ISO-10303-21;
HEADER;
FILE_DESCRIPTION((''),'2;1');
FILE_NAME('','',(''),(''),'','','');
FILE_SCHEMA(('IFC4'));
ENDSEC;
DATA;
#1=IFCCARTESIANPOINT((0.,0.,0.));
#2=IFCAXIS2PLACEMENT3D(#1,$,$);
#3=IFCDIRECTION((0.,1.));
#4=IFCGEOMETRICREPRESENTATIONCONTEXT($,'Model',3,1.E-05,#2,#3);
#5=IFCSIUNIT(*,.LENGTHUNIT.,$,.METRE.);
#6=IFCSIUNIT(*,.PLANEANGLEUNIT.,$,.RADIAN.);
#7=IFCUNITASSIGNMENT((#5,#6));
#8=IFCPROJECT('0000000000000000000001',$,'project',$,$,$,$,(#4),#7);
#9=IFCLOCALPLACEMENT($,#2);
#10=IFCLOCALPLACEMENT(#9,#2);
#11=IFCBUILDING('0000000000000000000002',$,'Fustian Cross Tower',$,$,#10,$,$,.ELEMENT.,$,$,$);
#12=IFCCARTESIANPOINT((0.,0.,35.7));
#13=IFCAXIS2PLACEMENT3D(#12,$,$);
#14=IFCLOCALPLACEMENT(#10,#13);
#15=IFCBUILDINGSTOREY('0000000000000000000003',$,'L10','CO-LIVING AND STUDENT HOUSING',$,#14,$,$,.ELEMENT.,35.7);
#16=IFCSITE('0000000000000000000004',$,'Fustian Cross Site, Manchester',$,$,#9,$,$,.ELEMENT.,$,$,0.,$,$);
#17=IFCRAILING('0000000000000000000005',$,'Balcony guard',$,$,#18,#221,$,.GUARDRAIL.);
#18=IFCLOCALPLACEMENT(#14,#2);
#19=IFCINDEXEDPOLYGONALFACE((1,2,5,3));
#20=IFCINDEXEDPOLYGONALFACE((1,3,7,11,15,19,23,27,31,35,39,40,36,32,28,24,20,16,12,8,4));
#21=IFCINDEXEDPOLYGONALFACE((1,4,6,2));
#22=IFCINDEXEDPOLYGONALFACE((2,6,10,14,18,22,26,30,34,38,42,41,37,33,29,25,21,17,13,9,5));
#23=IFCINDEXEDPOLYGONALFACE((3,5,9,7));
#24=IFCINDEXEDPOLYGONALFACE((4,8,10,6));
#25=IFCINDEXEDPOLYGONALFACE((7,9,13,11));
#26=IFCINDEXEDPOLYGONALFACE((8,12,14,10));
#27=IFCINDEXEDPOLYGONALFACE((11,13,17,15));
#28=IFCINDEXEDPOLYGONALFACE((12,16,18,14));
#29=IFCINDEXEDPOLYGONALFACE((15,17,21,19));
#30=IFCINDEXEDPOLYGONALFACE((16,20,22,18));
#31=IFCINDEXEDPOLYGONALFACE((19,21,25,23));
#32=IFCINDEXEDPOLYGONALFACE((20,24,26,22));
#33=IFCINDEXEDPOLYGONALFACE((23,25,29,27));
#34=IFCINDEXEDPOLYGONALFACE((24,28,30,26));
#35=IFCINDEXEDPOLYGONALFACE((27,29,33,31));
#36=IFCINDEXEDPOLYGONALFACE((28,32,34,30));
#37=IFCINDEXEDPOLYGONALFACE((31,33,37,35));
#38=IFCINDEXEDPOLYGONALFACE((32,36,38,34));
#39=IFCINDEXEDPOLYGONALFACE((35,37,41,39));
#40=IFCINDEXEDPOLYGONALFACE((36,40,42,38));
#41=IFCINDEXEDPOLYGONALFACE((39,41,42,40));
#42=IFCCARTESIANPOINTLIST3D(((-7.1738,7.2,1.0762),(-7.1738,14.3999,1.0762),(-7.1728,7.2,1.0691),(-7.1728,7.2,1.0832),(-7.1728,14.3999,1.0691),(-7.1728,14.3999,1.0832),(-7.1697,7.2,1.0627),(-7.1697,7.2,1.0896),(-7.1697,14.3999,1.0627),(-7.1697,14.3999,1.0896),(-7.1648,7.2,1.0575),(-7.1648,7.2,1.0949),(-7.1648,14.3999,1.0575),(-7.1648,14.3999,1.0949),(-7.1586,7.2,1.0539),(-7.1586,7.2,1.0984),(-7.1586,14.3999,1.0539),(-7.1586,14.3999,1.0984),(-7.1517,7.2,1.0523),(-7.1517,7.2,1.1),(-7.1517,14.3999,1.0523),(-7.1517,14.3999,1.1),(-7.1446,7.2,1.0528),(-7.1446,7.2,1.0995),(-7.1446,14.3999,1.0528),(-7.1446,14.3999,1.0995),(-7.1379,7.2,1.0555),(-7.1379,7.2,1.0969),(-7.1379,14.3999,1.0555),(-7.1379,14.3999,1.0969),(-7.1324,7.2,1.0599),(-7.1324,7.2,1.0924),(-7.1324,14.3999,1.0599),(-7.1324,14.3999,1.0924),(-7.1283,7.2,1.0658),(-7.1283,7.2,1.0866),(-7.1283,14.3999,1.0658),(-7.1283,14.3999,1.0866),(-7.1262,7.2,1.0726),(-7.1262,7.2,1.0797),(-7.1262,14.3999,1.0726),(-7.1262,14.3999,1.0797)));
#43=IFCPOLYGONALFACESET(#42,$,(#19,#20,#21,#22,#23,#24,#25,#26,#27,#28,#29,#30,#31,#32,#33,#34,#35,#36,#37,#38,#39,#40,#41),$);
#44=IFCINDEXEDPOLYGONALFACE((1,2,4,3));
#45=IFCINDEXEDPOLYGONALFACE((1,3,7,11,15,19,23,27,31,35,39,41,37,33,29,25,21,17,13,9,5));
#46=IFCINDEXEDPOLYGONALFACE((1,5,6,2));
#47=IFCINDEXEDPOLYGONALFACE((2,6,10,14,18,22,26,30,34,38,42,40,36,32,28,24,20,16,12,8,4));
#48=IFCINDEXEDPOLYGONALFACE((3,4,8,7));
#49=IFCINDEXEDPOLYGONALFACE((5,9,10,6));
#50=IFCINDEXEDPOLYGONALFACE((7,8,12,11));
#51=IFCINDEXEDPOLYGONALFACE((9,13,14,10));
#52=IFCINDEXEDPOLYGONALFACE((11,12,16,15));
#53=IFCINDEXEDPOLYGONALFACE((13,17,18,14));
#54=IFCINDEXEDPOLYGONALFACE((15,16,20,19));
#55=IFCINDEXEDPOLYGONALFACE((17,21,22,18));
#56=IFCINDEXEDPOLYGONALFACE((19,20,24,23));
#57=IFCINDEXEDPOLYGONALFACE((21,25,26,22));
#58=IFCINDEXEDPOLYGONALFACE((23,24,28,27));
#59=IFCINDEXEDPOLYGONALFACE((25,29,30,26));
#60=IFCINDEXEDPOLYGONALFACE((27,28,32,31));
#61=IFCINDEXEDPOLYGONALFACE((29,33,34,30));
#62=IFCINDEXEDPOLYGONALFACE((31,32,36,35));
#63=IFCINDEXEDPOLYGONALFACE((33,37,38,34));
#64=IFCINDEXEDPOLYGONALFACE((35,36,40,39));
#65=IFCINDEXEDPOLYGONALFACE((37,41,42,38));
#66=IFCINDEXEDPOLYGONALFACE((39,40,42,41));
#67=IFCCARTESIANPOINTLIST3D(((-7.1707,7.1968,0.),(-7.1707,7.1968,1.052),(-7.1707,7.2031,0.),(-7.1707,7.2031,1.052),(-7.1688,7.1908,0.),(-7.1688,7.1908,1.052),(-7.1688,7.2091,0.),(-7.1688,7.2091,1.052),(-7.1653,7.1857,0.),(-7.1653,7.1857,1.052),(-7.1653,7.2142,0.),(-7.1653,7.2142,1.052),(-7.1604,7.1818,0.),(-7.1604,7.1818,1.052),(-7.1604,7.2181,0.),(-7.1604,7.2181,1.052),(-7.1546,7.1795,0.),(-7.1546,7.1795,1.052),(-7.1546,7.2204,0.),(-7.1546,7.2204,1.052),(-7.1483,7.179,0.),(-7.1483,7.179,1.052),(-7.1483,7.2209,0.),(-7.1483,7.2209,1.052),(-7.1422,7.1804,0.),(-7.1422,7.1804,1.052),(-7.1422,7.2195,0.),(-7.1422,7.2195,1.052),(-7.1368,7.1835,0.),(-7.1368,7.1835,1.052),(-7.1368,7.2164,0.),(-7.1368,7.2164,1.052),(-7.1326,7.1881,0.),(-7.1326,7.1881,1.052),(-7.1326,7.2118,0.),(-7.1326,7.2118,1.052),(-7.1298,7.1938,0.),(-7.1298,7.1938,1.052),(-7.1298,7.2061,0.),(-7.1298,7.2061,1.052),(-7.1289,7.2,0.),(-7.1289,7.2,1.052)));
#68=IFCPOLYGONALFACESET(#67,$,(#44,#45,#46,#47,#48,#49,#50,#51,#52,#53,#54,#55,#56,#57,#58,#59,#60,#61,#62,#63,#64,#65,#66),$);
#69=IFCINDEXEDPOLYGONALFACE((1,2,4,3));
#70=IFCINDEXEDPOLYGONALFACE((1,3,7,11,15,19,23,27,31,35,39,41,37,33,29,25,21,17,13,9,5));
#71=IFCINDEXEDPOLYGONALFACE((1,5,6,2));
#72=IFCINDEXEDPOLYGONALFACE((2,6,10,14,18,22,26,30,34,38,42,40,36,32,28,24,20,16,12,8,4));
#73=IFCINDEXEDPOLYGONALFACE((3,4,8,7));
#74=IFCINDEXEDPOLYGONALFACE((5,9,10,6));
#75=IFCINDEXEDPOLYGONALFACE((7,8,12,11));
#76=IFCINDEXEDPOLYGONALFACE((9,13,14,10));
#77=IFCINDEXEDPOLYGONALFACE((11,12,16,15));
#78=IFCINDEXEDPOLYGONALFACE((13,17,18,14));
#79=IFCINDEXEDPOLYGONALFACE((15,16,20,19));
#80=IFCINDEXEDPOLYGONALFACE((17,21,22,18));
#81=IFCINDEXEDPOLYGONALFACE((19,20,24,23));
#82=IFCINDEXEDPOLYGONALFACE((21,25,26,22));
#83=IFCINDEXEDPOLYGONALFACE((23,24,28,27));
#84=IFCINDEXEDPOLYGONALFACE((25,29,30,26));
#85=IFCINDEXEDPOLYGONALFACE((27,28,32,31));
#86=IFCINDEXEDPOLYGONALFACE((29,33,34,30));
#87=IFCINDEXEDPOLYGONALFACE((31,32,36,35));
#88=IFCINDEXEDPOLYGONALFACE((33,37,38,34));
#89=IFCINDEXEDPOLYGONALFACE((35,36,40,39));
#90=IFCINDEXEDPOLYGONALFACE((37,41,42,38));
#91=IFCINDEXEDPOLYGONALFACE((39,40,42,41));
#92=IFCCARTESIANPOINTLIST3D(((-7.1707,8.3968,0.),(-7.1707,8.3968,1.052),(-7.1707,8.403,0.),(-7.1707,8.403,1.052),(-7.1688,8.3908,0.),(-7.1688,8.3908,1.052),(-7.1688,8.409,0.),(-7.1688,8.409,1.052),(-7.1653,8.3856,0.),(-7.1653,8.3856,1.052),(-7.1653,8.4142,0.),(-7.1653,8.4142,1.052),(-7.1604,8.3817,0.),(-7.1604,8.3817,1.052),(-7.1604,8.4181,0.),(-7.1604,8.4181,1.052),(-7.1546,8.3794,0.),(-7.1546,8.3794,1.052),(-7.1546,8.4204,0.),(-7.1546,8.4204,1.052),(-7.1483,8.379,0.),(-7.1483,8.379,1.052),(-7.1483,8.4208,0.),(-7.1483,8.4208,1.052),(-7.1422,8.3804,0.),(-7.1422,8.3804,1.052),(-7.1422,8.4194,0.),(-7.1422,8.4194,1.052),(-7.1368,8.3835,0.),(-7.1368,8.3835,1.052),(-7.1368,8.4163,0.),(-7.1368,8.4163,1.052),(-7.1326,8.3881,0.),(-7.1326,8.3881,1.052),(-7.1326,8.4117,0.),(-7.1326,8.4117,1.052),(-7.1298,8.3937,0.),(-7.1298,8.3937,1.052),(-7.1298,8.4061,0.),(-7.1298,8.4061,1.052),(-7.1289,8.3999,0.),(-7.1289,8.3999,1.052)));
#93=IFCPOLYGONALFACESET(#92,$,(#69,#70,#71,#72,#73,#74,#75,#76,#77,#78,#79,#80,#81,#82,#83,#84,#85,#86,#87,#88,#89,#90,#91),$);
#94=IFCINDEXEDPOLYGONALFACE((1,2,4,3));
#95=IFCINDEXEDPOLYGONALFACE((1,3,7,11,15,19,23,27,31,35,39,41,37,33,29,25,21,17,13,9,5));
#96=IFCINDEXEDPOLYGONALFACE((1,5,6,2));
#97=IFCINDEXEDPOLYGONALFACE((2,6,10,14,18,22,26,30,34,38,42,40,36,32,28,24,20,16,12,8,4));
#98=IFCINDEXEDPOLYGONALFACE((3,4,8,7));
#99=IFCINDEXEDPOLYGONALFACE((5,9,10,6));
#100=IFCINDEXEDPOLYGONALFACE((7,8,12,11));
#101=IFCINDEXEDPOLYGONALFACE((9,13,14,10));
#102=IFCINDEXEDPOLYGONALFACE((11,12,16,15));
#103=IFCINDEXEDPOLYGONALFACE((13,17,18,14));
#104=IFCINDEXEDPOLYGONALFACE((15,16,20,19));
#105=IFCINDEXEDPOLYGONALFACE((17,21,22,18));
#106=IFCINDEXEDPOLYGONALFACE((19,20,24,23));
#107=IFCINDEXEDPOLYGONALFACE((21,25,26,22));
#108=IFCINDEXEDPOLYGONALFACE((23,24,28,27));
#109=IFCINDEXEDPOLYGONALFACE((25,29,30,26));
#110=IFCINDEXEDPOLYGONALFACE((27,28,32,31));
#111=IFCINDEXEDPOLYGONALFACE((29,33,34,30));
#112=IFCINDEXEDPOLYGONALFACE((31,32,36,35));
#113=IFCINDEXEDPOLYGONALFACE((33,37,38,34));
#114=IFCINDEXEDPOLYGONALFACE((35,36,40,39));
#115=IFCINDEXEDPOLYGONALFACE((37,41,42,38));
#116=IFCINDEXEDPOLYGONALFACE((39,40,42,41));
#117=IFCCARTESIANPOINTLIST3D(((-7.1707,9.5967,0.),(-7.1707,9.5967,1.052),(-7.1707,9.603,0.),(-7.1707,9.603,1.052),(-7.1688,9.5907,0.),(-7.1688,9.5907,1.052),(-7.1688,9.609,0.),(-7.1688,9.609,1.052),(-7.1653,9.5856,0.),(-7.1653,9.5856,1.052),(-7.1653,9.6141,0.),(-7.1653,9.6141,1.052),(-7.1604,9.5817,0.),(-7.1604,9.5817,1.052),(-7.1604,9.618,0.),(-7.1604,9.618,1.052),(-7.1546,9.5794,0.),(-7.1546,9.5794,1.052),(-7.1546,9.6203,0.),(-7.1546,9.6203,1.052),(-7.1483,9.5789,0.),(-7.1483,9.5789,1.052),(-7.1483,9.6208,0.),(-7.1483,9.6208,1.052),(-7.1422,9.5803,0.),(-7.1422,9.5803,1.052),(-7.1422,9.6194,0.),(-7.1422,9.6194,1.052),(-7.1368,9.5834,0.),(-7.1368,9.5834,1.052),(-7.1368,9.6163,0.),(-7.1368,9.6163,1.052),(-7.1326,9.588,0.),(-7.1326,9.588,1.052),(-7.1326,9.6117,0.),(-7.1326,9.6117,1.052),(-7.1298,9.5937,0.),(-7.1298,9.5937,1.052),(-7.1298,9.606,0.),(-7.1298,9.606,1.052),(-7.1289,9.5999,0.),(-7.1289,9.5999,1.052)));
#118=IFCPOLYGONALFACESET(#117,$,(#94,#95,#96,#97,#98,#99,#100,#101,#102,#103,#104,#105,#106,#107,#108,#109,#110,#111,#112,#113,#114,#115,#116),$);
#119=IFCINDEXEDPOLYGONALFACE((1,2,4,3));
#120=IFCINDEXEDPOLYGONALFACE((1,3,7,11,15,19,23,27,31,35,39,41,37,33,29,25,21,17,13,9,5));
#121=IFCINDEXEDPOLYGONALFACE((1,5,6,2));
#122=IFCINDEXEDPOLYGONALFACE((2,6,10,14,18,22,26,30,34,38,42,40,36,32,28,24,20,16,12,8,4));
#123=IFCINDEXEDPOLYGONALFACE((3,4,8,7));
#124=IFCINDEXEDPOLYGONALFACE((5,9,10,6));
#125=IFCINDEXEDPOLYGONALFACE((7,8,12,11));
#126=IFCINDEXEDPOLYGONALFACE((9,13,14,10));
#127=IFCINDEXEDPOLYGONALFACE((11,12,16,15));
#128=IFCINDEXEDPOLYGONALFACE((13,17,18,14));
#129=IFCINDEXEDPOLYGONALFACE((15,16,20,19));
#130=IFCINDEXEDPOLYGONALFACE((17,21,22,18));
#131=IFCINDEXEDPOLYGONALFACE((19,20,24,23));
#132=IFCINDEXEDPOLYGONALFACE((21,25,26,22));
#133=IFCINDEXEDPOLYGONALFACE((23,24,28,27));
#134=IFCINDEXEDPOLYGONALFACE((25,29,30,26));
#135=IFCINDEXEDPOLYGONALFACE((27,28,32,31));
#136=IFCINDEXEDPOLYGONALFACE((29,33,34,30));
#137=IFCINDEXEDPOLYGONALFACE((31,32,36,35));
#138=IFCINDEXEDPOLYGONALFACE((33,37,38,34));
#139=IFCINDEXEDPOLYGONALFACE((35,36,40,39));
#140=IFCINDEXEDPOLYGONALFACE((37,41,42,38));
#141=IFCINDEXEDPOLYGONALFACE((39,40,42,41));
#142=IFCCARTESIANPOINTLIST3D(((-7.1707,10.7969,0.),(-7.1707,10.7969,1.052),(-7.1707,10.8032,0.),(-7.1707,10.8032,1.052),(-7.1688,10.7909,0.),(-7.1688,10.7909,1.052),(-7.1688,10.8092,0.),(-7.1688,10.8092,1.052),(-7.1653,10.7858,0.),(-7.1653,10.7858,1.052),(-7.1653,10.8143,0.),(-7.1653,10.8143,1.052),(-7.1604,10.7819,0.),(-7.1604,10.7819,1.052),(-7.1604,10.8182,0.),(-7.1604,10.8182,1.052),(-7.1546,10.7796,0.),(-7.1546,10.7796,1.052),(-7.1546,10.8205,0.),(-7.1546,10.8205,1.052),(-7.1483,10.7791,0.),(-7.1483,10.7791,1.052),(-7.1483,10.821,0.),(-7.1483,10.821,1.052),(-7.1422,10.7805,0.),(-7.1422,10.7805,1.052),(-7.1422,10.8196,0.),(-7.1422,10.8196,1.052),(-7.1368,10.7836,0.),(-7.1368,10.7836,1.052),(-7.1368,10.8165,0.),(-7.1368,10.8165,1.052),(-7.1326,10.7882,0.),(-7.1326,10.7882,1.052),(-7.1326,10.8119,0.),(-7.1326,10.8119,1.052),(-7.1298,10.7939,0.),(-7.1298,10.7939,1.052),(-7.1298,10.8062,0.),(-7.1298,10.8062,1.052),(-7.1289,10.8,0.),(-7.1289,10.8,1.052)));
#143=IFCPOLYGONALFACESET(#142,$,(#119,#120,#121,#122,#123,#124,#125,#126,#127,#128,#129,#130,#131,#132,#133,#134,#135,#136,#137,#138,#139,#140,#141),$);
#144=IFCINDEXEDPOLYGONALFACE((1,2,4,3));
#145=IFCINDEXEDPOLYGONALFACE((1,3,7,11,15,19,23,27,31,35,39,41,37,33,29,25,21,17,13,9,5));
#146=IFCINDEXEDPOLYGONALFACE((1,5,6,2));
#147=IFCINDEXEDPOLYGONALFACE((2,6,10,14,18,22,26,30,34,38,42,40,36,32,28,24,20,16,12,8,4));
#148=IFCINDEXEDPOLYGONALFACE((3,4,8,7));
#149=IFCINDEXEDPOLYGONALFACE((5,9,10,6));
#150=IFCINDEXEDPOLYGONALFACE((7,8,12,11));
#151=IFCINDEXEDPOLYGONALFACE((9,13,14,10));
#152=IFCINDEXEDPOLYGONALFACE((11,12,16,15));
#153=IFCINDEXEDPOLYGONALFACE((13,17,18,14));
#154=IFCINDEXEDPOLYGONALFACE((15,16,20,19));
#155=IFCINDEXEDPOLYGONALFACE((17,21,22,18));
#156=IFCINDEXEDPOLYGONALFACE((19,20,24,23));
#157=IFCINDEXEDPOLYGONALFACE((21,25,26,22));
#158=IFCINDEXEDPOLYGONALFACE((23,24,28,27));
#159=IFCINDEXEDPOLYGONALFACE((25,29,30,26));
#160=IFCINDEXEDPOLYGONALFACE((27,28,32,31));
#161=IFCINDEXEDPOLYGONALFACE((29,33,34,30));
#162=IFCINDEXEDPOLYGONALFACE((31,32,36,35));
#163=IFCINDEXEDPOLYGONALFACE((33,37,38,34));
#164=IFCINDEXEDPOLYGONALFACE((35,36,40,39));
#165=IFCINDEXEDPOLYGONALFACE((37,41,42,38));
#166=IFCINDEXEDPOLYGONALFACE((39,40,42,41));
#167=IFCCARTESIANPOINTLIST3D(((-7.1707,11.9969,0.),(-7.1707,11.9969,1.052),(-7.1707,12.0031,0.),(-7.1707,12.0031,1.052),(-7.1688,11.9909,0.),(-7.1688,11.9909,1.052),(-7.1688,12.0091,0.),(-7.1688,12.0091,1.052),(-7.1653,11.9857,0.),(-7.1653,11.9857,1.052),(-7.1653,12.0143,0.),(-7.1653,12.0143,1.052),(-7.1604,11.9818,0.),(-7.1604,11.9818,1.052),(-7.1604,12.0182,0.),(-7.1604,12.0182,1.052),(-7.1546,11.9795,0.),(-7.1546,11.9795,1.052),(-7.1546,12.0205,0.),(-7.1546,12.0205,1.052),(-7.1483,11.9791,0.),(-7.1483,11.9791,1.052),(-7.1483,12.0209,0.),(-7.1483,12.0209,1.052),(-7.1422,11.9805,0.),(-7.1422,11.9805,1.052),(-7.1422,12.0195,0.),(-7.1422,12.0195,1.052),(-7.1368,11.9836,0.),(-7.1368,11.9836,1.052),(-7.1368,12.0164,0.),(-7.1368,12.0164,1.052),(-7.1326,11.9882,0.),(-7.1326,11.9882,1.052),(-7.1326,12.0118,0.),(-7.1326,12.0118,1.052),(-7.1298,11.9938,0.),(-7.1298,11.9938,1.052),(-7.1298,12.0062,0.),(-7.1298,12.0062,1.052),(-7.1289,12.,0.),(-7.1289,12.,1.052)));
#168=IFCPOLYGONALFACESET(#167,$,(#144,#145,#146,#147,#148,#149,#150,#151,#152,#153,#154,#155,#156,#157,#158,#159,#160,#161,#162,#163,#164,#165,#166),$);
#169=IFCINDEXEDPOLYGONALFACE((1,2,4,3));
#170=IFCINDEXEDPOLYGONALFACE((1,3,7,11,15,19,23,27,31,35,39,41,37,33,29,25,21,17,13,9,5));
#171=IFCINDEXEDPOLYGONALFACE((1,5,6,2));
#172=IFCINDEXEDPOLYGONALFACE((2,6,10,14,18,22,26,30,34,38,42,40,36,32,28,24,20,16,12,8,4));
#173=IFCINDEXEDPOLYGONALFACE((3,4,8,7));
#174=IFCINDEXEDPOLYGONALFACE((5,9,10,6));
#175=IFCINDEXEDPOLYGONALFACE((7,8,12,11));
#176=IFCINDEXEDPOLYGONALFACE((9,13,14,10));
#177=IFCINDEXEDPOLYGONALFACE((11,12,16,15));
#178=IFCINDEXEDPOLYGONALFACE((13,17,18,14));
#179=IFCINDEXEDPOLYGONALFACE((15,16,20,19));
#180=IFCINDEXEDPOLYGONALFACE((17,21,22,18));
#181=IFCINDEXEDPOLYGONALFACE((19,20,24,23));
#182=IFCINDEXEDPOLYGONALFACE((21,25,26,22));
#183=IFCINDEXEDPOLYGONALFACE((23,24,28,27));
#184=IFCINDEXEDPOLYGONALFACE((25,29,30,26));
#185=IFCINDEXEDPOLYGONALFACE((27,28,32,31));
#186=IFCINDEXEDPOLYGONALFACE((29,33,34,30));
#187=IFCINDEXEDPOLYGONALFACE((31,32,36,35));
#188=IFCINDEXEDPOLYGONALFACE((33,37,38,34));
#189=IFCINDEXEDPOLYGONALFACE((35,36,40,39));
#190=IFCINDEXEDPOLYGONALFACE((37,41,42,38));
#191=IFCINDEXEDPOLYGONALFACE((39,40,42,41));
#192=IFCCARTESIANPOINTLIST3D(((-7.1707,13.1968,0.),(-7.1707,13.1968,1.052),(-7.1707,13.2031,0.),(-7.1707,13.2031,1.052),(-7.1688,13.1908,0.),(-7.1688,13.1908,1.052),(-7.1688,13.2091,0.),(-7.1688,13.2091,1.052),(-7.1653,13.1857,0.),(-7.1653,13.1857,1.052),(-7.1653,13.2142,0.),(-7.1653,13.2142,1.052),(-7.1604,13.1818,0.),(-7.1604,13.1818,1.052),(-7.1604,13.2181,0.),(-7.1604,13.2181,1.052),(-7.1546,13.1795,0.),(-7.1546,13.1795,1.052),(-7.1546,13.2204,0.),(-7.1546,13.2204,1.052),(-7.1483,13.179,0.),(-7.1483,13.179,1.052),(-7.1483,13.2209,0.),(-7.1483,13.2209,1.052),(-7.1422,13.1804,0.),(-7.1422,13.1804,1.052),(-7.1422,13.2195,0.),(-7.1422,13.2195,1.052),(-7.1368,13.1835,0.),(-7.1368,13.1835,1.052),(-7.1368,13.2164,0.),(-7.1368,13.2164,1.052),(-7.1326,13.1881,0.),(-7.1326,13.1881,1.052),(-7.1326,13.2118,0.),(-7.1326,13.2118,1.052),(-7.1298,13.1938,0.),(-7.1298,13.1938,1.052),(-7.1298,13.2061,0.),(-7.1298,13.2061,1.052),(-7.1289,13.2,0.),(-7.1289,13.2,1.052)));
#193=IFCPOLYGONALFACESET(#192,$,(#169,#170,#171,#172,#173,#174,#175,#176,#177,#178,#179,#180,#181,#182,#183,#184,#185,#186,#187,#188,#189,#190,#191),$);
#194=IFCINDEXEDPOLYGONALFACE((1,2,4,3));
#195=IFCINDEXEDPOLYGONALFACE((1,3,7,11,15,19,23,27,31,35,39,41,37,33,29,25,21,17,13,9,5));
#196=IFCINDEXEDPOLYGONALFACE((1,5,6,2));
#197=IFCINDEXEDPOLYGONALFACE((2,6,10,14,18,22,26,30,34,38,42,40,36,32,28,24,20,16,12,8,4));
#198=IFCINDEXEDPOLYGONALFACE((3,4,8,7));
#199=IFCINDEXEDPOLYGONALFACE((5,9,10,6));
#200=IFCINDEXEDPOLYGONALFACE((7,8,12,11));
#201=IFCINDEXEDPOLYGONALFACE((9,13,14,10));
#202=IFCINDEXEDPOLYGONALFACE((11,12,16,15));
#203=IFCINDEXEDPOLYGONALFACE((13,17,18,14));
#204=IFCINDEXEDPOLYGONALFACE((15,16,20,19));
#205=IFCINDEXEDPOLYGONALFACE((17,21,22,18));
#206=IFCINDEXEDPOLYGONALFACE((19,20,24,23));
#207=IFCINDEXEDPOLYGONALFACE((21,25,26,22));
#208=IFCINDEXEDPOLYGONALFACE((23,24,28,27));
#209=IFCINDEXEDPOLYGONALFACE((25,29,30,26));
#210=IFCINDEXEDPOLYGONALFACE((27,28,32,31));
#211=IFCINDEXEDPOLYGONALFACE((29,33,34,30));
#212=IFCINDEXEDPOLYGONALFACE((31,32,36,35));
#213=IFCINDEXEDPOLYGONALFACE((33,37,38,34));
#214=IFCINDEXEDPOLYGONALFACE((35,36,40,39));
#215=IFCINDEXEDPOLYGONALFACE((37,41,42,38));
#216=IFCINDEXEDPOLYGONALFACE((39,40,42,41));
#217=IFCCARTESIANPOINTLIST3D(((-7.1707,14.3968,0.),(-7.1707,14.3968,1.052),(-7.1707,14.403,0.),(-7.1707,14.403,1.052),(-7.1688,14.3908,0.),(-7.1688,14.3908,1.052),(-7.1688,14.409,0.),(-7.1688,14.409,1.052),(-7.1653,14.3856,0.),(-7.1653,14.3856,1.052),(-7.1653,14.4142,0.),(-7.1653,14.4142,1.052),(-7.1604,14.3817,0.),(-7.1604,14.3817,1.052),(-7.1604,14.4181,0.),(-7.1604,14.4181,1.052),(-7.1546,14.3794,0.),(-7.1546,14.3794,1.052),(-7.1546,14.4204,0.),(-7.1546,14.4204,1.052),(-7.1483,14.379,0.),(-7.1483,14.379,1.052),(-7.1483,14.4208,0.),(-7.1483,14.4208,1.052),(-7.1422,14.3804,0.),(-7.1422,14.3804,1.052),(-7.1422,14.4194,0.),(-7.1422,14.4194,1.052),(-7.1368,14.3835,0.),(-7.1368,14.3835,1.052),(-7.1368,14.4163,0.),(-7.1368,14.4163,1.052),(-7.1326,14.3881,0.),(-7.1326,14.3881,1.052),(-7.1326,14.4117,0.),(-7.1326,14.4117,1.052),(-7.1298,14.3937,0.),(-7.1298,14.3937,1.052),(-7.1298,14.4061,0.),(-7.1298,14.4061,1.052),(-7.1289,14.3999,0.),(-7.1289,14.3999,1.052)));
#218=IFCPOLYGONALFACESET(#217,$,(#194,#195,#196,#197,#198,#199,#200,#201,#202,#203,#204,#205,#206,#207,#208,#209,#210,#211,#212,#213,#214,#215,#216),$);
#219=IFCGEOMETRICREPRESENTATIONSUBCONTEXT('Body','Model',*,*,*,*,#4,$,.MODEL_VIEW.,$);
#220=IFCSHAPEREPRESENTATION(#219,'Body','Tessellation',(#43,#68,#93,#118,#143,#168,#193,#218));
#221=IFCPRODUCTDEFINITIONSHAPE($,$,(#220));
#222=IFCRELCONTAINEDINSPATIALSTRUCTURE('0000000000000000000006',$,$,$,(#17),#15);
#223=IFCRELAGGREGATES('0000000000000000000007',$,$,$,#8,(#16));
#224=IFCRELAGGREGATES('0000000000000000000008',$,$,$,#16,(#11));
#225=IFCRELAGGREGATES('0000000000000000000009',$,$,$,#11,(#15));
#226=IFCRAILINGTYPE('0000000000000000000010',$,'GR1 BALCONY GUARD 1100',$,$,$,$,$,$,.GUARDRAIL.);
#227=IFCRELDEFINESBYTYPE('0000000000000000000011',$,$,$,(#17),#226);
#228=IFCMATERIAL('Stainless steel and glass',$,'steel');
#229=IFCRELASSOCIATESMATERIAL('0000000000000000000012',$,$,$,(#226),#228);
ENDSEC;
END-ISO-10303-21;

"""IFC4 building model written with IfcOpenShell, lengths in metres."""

from ifc_helpers import new_model, si_unit, direction, frame, origin, origin_2d, place, context, subcontext, project, spatial, circle, extrude, material, type_object, element, save


model = new_model("IFC4")

# Units and contexts
model_context = context("Model", 3, precision=1e-05, world=origin(), true_north=direction((0.0, 1.0)))
body_context = subcontext(model_context, "Body", "Model", "MODEL_VIEW")
ifc_project = project(units=[si_unit("LENGTHUNIT", "METRE"), si_unit("PLANEANGLEUNIT", "RADIAN")], contexts=[model_context])

# Site, building, storey
site_placement = place(None, origin())
site = spatial("IfcSite", under=ifc_project, at=site_placement, Name="Fustian Cross Site, Manchester", CompositionType="ELEMENT", RefElevation=0.0)
building_placement = place(site_placement, origin())
building = spatial("IfcBuilding", under=site, at=building_placement, Name="Fustian Cross Tower", CompositionType="ELEMENT")
storey_placement = place(building_placement, frame((0.0, 0.0, 35.7)))
storey = spatial("IfcBuildingStorey", under=building, at=storey_placement, Name="L10", Description="CO-LIVING AND STUDENT HOUSING", CompositionType="ELEMENT", Elevation=35.7)

# Railing
ifc_material_1 = material(Name="Stainless steel and glass", Category="steel")
railing_type = type_object("IfcRailingType", Name="GR1 BALCONY GUARD 1100", PredefinedType="GUARDRAIL", material=ifc_material_1)
railing_placement = place(storey_placement, frame((-7.1499, 7.2, 0.0)))
element("IfcRailing", 1, at=railing_placement, inside=storey, type_object=railing_type, Name="Balcony guard", PredefinedType="GUARDRAIL", context=body_context, shape_type="SweptSolid", body=[
    extrude(circle(Radius=0.0239, at=origin_2d()), frame((0.0, 0.0, 1.0762), z_axis=(0.0, 1.0, 0.0), x_axis=(-1.0, 0.0, 0.0)), (0.0, 0.0, 1.0), 7.2),
    extrude(circle(Radius=0.021, at=origin_2d()), origin(), (0.0, 0.0, 1.0), 1.052),
    extrude(circle(Radius=0.021, at=origin_2d()), frame((0.0, 1.2, 0.0)), (0.0, 0.0, 1.0), 1.052),
    extrude(circle(Radius=0.021, at=origin_2d()), frame((0.0, 2.3999, 0.0)), (0.0, 0.0, 1.0), 1.052),
    extrude(circle(Radius=0.021, at=origin_2d()), frame((0.0, 3.6001, 0.0)), (0.0, 0.0, 1.0), 1.052),
    extrude(circle(Radius=0.021, at=origin_2d()), frame((0.0, 4.8, 0.0)), (0.0, 0.0, 1.0), 1.052),
    extrude(circle(Radius=0.021, at=origin_2d()), frame((0.0, 6.0, 0.0)), (0.0, 0.0, 1.0), 1.052),
    extrude(circle(Radius=0.021, at=origin_2d()), frame((0.0, 7.2, 0.0)), (0.0, 0.0, 1.0), 1.052),
])

save(model, "model.ifc")
